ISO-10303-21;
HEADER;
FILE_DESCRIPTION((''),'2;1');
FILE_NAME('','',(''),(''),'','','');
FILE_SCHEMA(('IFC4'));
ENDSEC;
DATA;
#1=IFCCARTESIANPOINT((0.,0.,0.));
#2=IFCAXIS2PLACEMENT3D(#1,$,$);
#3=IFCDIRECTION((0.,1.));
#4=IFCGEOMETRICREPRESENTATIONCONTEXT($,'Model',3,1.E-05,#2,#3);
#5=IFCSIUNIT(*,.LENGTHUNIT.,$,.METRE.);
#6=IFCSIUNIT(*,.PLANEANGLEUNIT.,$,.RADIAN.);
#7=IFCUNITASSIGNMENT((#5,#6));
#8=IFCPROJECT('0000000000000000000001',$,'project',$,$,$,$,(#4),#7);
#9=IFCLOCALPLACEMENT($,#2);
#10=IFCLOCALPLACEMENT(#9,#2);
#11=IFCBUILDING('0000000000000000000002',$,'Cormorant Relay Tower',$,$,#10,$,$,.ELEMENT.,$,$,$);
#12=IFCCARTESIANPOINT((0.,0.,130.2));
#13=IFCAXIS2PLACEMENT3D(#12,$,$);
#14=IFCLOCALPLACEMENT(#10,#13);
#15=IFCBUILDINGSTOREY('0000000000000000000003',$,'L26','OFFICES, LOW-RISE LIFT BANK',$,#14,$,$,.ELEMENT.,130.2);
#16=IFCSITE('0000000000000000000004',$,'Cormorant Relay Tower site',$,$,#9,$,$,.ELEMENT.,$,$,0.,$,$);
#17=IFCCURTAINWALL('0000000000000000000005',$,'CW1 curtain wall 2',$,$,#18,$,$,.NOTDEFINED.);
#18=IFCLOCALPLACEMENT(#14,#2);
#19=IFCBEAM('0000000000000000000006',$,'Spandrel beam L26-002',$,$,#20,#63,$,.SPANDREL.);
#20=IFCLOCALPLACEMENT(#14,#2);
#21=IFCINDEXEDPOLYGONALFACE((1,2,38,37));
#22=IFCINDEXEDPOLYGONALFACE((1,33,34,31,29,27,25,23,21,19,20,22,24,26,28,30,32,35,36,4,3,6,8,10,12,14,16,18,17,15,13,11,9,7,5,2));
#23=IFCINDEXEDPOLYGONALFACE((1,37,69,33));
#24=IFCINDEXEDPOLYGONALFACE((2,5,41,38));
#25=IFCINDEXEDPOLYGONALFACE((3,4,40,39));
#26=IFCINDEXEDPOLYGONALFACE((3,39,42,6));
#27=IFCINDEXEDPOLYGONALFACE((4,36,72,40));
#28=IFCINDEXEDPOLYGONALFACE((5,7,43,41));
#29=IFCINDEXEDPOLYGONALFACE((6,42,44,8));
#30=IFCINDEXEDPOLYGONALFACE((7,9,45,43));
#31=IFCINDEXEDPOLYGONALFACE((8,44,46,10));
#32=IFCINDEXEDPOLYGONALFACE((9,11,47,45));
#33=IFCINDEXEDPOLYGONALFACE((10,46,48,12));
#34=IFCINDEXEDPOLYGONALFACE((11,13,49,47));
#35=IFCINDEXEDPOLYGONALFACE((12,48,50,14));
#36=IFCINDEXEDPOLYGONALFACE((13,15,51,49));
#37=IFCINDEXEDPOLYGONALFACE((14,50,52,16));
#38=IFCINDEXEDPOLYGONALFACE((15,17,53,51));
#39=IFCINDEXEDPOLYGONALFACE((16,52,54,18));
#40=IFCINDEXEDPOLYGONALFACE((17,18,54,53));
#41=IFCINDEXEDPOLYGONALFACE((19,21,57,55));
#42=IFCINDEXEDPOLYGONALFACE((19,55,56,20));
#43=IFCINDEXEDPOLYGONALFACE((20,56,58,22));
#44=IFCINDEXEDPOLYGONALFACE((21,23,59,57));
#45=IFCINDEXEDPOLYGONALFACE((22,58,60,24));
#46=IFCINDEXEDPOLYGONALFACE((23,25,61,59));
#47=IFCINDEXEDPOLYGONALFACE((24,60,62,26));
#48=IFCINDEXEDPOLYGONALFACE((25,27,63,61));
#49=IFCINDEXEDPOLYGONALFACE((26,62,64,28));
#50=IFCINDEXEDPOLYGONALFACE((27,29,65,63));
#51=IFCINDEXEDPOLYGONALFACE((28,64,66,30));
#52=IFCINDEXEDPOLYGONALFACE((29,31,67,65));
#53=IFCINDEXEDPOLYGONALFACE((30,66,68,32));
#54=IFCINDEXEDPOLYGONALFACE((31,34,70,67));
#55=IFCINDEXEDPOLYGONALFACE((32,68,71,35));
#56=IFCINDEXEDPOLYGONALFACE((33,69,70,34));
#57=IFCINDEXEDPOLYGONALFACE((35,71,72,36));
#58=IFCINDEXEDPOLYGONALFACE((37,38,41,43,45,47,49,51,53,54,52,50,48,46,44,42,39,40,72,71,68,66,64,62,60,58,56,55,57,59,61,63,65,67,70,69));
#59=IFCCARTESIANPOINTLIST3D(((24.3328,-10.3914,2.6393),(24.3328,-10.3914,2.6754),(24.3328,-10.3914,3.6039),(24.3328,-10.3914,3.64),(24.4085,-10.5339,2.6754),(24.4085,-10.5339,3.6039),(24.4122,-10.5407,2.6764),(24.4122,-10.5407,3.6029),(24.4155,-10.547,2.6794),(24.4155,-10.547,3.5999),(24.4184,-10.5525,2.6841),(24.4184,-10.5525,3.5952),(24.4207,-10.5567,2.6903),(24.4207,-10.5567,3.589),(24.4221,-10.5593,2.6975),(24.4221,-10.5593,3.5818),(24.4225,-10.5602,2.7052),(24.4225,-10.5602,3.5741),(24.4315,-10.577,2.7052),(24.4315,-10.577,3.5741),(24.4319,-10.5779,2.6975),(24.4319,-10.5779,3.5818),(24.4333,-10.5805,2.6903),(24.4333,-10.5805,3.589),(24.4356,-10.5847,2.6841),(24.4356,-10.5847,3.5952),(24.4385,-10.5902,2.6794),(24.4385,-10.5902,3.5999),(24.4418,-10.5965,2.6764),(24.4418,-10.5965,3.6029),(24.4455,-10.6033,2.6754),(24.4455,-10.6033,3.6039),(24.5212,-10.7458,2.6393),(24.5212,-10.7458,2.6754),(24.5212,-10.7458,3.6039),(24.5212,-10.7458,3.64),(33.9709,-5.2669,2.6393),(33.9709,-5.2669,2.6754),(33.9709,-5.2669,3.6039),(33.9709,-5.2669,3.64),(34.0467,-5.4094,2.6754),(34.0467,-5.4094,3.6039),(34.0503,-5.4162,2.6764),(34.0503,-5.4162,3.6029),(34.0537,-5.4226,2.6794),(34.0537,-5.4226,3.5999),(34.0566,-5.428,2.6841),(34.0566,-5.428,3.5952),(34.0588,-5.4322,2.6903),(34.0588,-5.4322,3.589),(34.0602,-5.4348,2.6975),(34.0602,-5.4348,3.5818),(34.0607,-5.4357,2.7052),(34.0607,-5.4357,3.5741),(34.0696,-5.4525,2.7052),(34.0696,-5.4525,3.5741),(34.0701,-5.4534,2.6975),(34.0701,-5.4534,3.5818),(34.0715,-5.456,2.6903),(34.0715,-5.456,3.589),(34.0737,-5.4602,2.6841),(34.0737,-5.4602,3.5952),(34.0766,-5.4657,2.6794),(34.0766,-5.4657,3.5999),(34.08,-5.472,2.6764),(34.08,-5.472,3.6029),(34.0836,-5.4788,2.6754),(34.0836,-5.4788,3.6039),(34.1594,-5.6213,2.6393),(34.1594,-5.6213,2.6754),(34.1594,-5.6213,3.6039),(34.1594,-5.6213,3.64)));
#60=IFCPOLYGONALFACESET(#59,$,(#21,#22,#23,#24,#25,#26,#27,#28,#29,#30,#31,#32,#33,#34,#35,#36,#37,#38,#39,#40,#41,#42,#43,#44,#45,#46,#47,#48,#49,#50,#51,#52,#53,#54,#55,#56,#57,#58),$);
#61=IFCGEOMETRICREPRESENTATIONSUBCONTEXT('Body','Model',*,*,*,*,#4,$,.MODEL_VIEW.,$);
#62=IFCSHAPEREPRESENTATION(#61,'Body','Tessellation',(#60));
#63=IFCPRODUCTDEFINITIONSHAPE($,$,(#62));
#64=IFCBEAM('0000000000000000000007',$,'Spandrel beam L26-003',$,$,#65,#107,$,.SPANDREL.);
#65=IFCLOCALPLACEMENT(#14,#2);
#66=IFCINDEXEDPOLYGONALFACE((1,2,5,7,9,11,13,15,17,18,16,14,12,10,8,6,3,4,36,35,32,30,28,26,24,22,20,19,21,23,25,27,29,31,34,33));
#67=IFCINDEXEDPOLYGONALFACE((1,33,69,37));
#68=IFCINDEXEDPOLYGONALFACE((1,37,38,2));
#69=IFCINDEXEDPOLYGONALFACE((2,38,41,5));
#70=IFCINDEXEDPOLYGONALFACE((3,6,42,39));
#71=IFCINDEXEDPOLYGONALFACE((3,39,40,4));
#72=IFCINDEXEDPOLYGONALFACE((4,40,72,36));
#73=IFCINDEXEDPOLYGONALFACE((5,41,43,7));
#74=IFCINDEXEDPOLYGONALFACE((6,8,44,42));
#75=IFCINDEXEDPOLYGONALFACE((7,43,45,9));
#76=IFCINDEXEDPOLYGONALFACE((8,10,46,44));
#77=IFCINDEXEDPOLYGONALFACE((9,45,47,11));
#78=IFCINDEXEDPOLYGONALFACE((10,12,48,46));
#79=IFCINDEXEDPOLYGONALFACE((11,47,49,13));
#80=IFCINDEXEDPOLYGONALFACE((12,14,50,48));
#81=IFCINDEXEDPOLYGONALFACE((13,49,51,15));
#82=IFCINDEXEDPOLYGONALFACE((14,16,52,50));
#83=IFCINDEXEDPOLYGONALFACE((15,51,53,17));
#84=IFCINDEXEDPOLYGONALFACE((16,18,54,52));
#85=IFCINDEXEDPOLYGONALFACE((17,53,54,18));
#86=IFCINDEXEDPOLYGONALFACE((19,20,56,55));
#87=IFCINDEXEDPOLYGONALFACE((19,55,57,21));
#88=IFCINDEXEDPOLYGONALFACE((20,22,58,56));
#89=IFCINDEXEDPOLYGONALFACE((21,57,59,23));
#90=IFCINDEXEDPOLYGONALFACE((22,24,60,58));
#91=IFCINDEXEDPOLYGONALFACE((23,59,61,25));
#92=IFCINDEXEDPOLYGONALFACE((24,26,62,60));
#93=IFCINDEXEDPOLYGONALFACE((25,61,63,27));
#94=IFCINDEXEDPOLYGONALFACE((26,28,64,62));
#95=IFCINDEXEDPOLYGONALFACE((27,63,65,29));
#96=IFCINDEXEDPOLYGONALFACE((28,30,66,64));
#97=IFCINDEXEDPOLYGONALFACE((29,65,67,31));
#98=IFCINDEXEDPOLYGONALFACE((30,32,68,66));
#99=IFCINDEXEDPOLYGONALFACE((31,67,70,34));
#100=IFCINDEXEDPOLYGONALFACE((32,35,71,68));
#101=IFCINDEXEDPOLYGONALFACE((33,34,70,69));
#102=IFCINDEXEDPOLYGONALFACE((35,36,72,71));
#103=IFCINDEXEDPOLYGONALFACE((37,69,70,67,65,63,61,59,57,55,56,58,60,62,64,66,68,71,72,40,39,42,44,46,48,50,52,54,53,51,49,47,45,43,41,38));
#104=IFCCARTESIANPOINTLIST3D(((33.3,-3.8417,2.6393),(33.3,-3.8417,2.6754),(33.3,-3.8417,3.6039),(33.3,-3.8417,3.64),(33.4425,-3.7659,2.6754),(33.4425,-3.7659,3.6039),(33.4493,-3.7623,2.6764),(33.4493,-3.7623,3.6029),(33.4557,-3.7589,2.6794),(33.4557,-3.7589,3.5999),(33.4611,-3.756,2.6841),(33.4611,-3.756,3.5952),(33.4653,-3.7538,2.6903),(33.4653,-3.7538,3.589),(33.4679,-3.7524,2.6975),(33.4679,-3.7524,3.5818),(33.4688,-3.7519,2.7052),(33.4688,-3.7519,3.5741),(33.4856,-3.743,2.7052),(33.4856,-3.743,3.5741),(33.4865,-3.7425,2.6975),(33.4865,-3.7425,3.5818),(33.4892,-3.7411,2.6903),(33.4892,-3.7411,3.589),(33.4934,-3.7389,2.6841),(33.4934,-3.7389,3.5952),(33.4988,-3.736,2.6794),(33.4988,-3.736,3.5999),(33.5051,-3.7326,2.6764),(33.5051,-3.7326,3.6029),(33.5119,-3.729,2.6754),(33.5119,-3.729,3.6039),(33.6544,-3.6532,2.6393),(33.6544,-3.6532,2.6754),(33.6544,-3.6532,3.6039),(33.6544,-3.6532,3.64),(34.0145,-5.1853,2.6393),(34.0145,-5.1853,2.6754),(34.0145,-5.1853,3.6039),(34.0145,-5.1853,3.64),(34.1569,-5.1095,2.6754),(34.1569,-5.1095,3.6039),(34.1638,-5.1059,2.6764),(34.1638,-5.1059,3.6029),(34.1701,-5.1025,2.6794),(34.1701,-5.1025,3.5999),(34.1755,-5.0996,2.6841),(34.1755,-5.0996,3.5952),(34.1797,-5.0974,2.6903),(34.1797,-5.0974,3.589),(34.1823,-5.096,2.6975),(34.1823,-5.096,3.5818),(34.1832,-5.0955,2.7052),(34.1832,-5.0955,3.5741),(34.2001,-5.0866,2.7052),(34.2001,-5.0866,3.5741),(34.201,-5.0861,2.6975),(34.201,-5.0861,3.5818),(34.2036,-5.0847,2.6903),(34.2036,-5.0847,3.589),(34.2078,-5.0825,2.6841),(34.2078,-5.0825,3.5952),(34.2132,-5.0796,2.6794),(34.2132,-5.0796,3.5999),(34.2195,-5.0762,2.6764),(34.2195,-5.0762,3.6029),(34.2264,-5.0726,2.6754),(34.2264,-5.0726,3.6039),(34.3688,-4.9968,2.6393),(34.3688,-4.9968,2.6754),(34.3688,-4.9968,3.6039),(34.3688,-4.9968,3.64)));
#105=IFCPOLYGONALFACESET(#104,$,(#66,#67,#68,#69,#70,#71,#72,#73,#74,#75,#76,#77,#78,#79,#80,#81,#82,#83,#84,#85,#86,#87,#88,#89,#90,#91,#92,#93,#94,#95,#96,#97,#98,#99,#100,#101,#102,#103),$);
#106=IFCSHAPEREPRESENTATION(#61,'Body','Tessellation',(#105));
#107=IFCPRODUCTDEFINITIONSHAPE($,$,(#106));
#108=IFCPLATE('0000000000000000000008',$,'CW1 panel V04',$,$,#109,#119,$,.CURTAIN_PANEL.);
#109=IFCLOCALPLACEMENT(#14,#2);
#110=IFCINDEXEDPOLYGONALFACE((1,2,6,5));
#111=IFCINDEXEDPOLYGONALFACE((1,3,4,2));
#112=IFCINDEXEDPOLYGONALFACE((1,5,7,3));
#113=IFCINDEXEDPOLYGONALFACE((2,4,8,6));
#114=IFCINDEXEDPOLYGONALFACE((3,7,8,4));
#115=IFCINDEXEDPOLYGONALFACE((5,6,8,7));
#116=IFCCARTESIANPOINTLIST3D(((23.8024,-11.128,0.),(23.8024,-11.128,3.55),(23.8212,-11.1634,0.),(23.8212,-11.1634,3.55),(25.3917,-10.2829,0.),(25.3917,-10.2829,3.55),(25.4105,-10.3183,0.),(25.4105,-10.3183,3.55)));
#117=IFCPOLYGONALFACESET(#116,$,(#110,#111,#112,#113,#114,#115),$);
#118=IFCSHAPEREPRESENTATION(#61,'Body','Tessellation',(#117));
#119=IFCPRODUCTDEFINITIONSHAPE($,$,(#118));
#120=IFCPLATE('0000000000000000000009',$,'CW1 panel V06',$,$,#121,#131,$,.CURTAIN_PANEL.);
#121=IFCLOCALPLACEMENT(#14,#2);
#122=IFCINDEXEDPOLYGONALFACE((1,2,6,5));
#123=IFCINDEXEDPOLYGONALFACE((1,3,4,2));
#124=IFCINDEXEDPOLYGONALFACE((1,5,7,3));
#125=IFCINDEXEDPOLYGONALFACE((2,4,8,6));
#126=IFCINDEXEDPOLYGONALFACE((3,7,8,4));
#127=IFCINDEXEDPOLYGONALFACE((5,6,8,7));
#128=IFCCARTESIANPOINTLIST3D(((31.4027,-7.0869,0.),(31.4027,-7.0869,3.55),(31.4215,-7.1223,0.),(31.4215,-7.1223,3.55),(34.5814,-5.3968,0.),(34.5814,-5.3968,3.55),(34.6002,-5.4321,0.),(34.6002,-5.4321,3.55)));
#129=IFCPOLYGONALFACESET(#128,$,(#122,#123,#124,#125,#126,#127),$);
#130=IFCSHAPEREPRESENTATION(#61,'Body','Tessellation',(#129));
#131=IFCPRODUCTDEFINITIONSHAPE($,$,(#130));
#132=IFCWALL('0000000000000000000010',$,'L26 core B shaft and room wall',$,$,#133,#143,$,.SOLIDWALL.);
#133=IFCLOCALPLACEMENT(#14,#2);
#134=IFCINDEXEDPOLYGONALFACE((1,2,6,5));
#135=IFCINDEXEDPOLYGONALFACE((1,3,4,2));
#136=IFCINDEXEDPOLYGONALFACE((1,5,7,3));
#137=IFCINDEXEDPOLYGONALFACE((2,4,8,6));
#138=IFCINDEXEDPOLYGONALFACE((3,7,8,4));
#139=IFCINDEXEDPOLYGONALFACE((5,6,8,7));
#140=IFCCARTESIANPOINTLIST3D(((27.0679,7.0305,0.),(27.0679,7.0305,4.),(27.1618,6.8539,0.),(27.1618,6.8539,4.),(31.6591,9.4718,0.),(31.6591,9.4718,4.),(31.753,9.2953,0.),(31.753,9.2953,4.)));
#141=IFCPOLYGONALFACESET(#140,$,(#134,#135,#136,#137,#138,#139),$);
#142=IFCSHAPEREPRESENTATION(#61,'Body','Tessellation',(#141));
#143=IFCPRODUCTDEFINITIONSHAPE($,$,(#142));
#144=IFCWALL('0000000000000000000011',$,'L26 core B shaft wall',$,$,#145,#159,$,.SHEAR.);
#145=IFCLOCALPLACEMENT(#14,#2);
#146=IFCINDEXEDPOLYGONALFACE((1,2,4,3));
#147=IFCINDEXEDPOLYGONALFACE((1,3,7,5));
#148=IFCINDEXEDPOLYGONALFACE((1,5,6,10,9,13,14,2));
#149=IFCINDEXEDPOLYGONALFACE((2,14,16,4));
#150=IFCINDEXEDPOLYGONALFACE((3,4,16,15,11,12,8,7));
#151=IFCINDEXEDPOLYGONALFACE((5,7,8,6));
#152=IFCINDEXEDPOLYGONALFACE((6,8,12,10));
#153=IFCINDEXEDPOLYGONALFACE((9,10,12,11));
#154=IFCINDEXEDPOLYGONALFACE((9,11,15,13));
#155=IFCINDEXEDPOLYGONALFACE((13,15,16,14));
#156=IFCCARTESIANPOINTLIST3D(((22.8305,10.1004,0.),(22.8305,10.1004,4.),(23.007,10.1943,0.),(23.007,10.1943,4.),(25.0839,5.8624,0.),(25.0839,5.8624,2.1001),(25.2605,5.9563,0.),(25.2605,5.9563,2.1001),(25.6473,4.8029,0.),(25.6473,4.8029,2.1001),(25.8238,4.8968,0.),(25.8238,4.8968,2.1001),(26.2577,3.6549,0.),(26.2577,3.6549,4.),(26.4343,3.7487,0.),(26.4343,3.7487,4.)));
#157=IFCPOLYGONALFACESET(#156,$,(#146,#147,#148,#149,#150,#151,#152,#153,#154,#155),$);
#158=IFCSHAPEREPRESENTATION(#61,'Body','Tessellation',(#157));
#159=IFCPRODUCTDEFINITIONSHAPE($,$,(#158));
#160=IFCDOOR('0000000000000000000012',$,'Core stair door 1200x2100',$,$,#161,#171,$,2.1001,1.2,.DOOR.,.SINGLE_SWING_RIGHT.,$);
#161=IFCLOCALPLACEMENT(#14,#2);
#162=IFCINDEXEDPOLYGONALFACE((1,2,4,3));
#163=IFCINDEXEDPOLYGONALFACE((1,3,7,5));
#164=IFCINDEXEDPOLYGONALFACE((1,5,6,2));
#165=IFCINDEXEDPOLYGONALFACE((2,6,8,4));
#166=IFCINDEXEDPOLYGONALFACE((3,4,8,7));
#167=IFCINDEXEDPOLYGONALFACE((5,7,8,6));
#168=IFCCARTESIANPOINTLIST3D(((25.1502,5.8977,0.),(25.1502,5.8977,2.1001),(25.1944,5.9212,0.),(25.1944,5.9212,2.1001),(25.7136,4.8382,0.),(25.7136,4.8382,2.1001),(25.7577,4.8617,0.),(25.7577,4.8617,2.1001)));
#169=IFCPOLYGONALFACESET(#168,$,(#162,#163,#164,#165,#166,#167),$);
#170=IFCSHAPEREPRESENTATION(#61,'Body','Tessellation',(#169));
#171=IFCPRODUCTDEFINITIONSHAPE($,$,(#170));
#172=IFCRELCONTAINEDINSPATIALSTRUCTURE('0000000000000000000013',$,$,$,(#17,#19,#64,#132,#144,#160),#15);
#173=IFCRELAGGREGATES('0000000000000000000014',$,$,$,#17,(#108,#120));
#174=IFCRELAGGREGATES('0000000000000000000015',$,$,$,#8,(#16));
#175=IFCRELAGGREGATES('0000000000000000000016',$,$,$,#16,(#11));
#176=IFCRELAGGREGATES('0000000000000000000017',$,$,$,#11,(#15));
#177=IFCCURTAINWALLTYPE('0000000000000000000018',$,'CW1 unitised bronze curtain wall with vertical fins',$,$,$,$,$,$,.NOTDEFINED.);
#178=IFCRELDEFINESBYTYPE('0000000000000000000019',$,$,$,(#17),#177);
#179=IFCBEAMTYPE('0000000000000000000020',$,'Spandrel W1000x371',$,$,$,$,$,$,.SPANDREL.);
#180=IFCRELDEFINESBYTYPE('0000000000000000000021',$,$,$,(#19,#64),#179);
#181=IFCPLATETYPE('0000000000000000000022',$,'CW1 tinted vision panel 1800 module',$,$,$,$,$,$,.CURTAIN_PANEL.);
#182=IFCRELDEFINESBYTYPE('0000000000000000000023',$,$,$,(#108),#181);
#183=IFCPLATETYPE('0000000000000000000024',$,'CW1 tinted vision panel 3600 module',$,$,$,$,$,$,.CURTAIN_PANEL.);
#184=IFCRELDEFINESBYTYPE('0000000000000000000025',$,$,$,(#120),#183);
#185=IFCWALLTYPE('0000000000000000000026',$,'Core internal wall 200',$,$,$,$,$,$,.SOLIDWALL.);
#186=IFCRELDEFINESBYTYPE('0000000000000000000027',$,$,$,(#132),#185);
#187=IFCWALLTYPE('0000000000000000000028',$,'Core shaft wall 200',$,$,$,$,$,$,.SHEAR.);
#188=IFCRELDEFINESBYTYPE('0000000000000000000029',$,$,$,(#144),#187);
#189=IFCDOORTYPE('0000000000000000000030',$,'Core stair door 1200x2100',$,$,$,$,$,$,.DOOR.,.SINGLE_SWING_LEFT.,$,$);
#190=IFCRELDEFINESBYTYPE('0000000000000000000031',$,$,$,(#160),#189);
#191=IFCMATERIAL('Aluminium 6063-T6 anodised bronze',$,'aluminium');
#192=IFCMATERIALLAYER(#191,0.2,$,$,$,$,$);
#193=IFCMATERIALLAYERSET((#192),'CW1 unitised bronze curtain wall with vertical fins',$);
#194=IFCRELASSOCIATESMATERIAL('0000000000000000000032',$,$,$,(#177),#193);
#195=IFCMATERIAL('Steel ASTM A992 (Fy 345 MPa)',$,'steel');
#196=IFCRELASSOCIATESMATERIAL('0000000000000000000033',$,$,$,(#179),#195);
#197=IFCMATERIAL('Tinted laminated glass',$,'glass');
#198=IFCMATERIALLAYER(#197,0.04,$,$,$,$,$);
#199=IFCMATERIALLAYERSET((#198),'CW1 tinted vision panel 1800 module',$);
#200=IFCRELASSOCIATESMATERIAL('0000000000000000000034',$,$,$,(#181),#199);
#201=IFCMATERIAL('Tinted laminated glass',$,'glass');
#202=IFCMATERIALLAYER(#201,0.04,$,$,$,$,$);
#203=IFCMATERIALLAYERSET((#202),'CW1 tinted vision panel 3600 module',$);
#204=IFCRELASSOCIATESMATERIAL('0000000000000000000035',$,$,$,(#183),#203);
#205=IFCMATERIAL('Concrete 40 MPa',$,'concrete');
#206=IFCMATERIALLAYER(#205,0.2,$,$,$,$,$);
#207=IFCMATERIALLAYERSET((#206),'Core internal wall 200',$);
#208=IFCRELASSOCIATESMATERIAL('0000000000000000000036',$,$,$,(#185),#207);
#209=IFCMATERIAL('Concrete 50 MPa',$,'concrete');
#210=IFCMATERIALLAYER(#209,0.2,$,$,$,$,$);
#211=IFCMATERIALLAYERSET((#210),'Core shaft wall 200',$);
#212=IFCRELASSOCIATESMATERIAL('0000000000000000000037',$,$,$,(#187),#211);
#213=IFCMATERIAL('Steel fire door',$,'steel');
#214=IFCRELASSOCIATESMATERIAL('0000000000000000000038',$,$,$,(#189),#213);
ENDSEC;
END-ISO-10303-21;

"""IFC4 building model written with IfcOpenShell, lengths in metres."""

from ifc_helpers import new_model, si_unit, direction, frame, frame_2d, origin, origin_2d, place, context, subcontext, project, spatial, rectangle, i_section, extrude, material, layer, layer_set, material_profile, profile_set, type_object, element, fill, aggregate, save


model = new_model("IFC4")

# Units and contexts
model_context = context("Model", 3, precision=1e-05, world=origin(), true_north=direction((0.0, 1.0)))
body_context = subcontext(model_context, "Body", "Model", "MODEL_VIEW")
ifc_project = project(units=[si_unit("LENGTHUNIT", "METRE"), si_unit("PLANEANGLEUNIT", "RADIAN")], contexts=[model_context])

# Site, building, storey
site_placement = place(None, origin())
site = spatial("IfcSite", under=ifc_project, at=site_placement, Name="Cormorant Relay Tower site", CompositionType="ELEMENT", RefElevation=0.0)
building_placement = place(site_placement, origin())
building = spatial("IfcBuilding", under=site, at=building_placement, Name="Cormorant Relay Tower", CompositionType="ELEMENT")
storey_placement = place(building_placement, frame((0.0, 0.0, 130.2)))
storey = spatial("IfcBuildingStorey", under=building, at=storey_placement, Name="L26", Description="OFFICES, LOW-RISE LIFT BANK", CompositionType="ELEMENT", Elevation=130.2)

# Curtain wall
ifc_material_1 = material(Name="Aluminium 6063-T6 anodised bronze", Category="aluminium")
ifc_layer_1 = layer(ifc_material_1, 0.2)
ifc_layer_set_1 = layer_set([ifc_layer_1], Name="CW1 unitised bronze curtain wall with vertical fins")
curtain_wall_type = type_object("IfcCurtainWallType", Name="CW1 unitised bronze curtain wall with vertical fins", PredefinedType="NOTDEFINED", material=ifc_layer_set_1)
curtain_wall_1_placement = place(storey_placement, origin())
curtain_wall_1 = element("IfcCurtainWall", 1, at=curtain_wall_1_placement, inside=storey, type_object=curtain_wall_type, Name="CW1 curtain wall 2", PredefinedType="NOTDEFINED")

# Beams
ifc_material_2 = material(Name="Steel ASTM A992 (Fy 345 MPa)", Category="steel")
ifc_material_profile_1 = material_profile(ifc_material_2, i_section(OverallWidth=0.4014, OverallDepth=1.0007, WebThickness=0.019, FlangeThickness=0.0361, FilletRadius=0.0298, at=origin_2d()), Name="W1000x371")
ifc_profile_set_1 = profile_set([ifc_material_profile_1], Name="Steel ASTM A992 (Fy 345 MPa)")
beam_type = type_object("IfcBeamType", Name="Spandrel W1000x371", PredefinedType="SPANDREL", material=ifc_profile_set_1)
beam_1_placement = place(storey_placement, frame((24.427, -10.5686, 3.1396), z_axis=(0.882955, 0.469457, 0.0), x_axis=(-0.469457, 0.882955, 0.0)))
element("IfcBeam", 2, at=beam_1_placement, inside=storey, type_object=beam_type, Name="Spandrel beam L26-002", PredefinedType="SPANDREL", context=body_context, shape_type="SweptSolid", body=[
    extrude(i_section(OverallWidth=0.4014, OverallDepth=1.0007, WebThickness=0.019, FlangeThickness=0.0361, FilletRadius=0.0298, at=origin_2d()), origin(), (0.0, 0.0, 1.0), 10.9158),
])
beam_2_placement = place(storey_placement, frame((34.1917, -5.0911, 3.1396), z_axis=(-0.469472, 0.882947, 0.0), x_axis=(-0.882947, -0.469472, 0.0)))
element("IfcBeam", 3, at=beam_2_placement, inside=storey, type_object=beam_type, Name="Spandrel beam L26-003", PredefinedType="SPANDREL", context=body_context, shape_type="SweptSolid", body=[
    extrude(i_section(OverallWidth=0.4014, OverallDepth=1.0007, WebThickness=0.019, FlangeThickness=0.0361, FilletRadius=0.0298, at=origin_2d()), origin(), (0.0, 0.0, 1.0), 1.5217),
])

# Plates
ifc_material_3 = material(Name="Tinted laminated glass", Category="glass")
ifc_layer_2 = layer(ifc_material_3, 0.04)
ifc_layer_set_2 = layer_set([ifc_layer_2], Name="CW1 tinted vision panel 1800 module")
plate_type_1 = type_object("IfcPlateType", Name="CW1 tinted vision panel 1800 module", PredefinedType="CURTAIN_PANEL", material=ifc_layer_set_2)
plate_1_placement = place(storey_placement, frame((24.6064, -10.7231, 0.0), z_axis=(0.0, 0.0, 1.0), x_axis=(0.882948, 0.469472, 0.0)))
plate_1 = element("IfcPlate", 4, at=plate_1_placement, type_object=plate_type_1, Name="CW1 panel V04", PredefinedType="CURTAIN_PANEL", context=body_context, shape_type="SweptSolid", body=[
    extrude(rectangle(XDim=1.8, YDim=0.04, at=origin_2d()), origin(), (0.0, 0.0, 1.0), 3.55),
])
ifc_material_4 = material(Name="Tinted laminated glass", Category="glass")
ifc_layer_3 = layer(ifc_material_4, 0.04)
ifc_layer_set_3 = layer_set([ifc_layer_3], Name="CW1 tinted vision panel 3600 module")
plate_type_2 = type_object("IfcPlateType", Name="CW1 tinted vision panel 3600 module", PredefinedType="CURTAIN_PANEL", material=ifc_layer_set_3)
plate_2_placement = place(storey_placement, frame((33.0015, -6.2595, 0.0), z_axis=(0.0, 0.0, 1.0), x_axis=(0.882948, 0.469472, 0.0)))
plate_2 = element("IfcPlate", 5, at=plate_2_placement, type_object=plate_type_2, Name="CW1 panel V06", PredefinedType="CURTAIN_PANEL", context=body_context, shape_type="SweptSolid", body=[
    extrude(rectangle(XDim=3.6001, YDim=0.04, at=origin_2d()), origin(), (0.0, 0.0, 1.0), 3.55),
])

# Wall
ifc_material_5 = material(Name="Concrete 40 MPa", Category="concrete")
ifc_layer_4 = layer(ifc_material_5, 0.2)
ifc_layer_set_4 = layer_set([ifc_layer_4], Name="Core internal wall 200")
wall_type_1 = type_object("IfcWallType", Name="Core internal wall 200", PredefinedType="SOLIDWALL", material=ifc_layer_set_4)
wall_1_placement = place(storey_placement, frame((27.1147, 6.9421, 0.0), z_axis=(0.0, 0.0, 1.0), x_axis=(0.882935, 0.469496, 0.0)))
element("IfcWall", 6, at=wall_1_placement, inside=storey, type_object=wall_type_1, Name="L26 core B shaft and room wall", PredefinedType="SOLIDWALL", context=body_context, shape_type="SweptSolid", body=[
    extrude(rectangle(XDim=5.2, YDim=0.2, at=frame_2d((2.6001, 0.0))), origin(), (0.0, 0.0, 1.0), 4.0),
])

# Wall, opening, door
ifc_material_6 = material(Name="Concrete 50 MPa", Category="concrete")
ifc_layer_5 = layer(ifc_material_6, 0.2)
ifc_layer_set_5 = layer_set([ifc_layer_5], Name="Core shaft wall 200")
wall_type_2 = type_object("IfcWallType", Name="Core shaft wall 200", PredefinedType="SHEAR", material=ifc_layer_set_5)
wall_2_placement = place(storey_placement, frame((26.3459, 3.7019, 0.0), z_axis=(0.0, 0.0, 1.0), x_axis=(-0.46948, 0.882943, 0.0)))
wall_2 = element("IfcWall", 7, at=wall_2_placement, inside=storey, type_object=wall_type_2, Name="L26 core B shaft wall", PredefinedType="SHEAR", context=body_context, shape_type="SweptSolid", body=[
    extrude(rectangle(XDim=7.3, YDim=0.2, at=frame_2d((3.6499, 0.0))), origin(), (0.0, 0.0, 1.0), 4.0),
])
opening_1_placement = place(wall_2_placement, frame((1.3, 0.0, 0.0)))
opening_1 = element("IfcOpeningElement", 8, at=opening_1_placement, cuts=wall_2, PredefinedType="OPENING", context=body_context, shape_type="SweptSolid", body=[
    extrude(rectangle(XDim=1.2, YDim=2.1001, at=frame_2d((0.6001, 1.05))), frame((0.0, 0.1099, 0.0), z_axis=(0.0, -1.0, 0.0), x_axis=(1.0, 0.0, 0.0)), (0.0, 0.0, 1.0), 0.22),
])
ifc_material_7 = material(Name="Steel fire door", Category="steel")
door_type_1 = type_object("IfcDoorType", Name="Core stair door 1200x2100", OperationType="SINGLE_SWING_LEFT", PredefinedType="DOOR", material=ifc_material_7)
door_1_placement = place(opening_1_placement, origin())
door_1 = element("IfcDoor", 9, at=door_1_placement, inside=storey, type_object=door_type_1, Name="Core stair door 1200x2100", OperationType="SINGLE_SWING_RIGHT", OverallHeight=2.1001, OverallWidth=1.2, PredefinedType="DOOR", context=body_context, shape_type="SweptSolid", body=[
    extrude(rectangle(XDim=1.2, YDim=2.1001, at=frame_2d((0.6001, 1.05))), frame((0.0, 0.0249, 0.0), z_axis=(0.0, -1.0, 0.0), x_axis=(1.0, 0.0, 0.0)), (0.0, 0.0, 1.0), 0.05),
])
fill(opening_1, door_1)

aggregate(curtain_wall_1, [plate_1, plate_2])

save(model, "model.ifc")
